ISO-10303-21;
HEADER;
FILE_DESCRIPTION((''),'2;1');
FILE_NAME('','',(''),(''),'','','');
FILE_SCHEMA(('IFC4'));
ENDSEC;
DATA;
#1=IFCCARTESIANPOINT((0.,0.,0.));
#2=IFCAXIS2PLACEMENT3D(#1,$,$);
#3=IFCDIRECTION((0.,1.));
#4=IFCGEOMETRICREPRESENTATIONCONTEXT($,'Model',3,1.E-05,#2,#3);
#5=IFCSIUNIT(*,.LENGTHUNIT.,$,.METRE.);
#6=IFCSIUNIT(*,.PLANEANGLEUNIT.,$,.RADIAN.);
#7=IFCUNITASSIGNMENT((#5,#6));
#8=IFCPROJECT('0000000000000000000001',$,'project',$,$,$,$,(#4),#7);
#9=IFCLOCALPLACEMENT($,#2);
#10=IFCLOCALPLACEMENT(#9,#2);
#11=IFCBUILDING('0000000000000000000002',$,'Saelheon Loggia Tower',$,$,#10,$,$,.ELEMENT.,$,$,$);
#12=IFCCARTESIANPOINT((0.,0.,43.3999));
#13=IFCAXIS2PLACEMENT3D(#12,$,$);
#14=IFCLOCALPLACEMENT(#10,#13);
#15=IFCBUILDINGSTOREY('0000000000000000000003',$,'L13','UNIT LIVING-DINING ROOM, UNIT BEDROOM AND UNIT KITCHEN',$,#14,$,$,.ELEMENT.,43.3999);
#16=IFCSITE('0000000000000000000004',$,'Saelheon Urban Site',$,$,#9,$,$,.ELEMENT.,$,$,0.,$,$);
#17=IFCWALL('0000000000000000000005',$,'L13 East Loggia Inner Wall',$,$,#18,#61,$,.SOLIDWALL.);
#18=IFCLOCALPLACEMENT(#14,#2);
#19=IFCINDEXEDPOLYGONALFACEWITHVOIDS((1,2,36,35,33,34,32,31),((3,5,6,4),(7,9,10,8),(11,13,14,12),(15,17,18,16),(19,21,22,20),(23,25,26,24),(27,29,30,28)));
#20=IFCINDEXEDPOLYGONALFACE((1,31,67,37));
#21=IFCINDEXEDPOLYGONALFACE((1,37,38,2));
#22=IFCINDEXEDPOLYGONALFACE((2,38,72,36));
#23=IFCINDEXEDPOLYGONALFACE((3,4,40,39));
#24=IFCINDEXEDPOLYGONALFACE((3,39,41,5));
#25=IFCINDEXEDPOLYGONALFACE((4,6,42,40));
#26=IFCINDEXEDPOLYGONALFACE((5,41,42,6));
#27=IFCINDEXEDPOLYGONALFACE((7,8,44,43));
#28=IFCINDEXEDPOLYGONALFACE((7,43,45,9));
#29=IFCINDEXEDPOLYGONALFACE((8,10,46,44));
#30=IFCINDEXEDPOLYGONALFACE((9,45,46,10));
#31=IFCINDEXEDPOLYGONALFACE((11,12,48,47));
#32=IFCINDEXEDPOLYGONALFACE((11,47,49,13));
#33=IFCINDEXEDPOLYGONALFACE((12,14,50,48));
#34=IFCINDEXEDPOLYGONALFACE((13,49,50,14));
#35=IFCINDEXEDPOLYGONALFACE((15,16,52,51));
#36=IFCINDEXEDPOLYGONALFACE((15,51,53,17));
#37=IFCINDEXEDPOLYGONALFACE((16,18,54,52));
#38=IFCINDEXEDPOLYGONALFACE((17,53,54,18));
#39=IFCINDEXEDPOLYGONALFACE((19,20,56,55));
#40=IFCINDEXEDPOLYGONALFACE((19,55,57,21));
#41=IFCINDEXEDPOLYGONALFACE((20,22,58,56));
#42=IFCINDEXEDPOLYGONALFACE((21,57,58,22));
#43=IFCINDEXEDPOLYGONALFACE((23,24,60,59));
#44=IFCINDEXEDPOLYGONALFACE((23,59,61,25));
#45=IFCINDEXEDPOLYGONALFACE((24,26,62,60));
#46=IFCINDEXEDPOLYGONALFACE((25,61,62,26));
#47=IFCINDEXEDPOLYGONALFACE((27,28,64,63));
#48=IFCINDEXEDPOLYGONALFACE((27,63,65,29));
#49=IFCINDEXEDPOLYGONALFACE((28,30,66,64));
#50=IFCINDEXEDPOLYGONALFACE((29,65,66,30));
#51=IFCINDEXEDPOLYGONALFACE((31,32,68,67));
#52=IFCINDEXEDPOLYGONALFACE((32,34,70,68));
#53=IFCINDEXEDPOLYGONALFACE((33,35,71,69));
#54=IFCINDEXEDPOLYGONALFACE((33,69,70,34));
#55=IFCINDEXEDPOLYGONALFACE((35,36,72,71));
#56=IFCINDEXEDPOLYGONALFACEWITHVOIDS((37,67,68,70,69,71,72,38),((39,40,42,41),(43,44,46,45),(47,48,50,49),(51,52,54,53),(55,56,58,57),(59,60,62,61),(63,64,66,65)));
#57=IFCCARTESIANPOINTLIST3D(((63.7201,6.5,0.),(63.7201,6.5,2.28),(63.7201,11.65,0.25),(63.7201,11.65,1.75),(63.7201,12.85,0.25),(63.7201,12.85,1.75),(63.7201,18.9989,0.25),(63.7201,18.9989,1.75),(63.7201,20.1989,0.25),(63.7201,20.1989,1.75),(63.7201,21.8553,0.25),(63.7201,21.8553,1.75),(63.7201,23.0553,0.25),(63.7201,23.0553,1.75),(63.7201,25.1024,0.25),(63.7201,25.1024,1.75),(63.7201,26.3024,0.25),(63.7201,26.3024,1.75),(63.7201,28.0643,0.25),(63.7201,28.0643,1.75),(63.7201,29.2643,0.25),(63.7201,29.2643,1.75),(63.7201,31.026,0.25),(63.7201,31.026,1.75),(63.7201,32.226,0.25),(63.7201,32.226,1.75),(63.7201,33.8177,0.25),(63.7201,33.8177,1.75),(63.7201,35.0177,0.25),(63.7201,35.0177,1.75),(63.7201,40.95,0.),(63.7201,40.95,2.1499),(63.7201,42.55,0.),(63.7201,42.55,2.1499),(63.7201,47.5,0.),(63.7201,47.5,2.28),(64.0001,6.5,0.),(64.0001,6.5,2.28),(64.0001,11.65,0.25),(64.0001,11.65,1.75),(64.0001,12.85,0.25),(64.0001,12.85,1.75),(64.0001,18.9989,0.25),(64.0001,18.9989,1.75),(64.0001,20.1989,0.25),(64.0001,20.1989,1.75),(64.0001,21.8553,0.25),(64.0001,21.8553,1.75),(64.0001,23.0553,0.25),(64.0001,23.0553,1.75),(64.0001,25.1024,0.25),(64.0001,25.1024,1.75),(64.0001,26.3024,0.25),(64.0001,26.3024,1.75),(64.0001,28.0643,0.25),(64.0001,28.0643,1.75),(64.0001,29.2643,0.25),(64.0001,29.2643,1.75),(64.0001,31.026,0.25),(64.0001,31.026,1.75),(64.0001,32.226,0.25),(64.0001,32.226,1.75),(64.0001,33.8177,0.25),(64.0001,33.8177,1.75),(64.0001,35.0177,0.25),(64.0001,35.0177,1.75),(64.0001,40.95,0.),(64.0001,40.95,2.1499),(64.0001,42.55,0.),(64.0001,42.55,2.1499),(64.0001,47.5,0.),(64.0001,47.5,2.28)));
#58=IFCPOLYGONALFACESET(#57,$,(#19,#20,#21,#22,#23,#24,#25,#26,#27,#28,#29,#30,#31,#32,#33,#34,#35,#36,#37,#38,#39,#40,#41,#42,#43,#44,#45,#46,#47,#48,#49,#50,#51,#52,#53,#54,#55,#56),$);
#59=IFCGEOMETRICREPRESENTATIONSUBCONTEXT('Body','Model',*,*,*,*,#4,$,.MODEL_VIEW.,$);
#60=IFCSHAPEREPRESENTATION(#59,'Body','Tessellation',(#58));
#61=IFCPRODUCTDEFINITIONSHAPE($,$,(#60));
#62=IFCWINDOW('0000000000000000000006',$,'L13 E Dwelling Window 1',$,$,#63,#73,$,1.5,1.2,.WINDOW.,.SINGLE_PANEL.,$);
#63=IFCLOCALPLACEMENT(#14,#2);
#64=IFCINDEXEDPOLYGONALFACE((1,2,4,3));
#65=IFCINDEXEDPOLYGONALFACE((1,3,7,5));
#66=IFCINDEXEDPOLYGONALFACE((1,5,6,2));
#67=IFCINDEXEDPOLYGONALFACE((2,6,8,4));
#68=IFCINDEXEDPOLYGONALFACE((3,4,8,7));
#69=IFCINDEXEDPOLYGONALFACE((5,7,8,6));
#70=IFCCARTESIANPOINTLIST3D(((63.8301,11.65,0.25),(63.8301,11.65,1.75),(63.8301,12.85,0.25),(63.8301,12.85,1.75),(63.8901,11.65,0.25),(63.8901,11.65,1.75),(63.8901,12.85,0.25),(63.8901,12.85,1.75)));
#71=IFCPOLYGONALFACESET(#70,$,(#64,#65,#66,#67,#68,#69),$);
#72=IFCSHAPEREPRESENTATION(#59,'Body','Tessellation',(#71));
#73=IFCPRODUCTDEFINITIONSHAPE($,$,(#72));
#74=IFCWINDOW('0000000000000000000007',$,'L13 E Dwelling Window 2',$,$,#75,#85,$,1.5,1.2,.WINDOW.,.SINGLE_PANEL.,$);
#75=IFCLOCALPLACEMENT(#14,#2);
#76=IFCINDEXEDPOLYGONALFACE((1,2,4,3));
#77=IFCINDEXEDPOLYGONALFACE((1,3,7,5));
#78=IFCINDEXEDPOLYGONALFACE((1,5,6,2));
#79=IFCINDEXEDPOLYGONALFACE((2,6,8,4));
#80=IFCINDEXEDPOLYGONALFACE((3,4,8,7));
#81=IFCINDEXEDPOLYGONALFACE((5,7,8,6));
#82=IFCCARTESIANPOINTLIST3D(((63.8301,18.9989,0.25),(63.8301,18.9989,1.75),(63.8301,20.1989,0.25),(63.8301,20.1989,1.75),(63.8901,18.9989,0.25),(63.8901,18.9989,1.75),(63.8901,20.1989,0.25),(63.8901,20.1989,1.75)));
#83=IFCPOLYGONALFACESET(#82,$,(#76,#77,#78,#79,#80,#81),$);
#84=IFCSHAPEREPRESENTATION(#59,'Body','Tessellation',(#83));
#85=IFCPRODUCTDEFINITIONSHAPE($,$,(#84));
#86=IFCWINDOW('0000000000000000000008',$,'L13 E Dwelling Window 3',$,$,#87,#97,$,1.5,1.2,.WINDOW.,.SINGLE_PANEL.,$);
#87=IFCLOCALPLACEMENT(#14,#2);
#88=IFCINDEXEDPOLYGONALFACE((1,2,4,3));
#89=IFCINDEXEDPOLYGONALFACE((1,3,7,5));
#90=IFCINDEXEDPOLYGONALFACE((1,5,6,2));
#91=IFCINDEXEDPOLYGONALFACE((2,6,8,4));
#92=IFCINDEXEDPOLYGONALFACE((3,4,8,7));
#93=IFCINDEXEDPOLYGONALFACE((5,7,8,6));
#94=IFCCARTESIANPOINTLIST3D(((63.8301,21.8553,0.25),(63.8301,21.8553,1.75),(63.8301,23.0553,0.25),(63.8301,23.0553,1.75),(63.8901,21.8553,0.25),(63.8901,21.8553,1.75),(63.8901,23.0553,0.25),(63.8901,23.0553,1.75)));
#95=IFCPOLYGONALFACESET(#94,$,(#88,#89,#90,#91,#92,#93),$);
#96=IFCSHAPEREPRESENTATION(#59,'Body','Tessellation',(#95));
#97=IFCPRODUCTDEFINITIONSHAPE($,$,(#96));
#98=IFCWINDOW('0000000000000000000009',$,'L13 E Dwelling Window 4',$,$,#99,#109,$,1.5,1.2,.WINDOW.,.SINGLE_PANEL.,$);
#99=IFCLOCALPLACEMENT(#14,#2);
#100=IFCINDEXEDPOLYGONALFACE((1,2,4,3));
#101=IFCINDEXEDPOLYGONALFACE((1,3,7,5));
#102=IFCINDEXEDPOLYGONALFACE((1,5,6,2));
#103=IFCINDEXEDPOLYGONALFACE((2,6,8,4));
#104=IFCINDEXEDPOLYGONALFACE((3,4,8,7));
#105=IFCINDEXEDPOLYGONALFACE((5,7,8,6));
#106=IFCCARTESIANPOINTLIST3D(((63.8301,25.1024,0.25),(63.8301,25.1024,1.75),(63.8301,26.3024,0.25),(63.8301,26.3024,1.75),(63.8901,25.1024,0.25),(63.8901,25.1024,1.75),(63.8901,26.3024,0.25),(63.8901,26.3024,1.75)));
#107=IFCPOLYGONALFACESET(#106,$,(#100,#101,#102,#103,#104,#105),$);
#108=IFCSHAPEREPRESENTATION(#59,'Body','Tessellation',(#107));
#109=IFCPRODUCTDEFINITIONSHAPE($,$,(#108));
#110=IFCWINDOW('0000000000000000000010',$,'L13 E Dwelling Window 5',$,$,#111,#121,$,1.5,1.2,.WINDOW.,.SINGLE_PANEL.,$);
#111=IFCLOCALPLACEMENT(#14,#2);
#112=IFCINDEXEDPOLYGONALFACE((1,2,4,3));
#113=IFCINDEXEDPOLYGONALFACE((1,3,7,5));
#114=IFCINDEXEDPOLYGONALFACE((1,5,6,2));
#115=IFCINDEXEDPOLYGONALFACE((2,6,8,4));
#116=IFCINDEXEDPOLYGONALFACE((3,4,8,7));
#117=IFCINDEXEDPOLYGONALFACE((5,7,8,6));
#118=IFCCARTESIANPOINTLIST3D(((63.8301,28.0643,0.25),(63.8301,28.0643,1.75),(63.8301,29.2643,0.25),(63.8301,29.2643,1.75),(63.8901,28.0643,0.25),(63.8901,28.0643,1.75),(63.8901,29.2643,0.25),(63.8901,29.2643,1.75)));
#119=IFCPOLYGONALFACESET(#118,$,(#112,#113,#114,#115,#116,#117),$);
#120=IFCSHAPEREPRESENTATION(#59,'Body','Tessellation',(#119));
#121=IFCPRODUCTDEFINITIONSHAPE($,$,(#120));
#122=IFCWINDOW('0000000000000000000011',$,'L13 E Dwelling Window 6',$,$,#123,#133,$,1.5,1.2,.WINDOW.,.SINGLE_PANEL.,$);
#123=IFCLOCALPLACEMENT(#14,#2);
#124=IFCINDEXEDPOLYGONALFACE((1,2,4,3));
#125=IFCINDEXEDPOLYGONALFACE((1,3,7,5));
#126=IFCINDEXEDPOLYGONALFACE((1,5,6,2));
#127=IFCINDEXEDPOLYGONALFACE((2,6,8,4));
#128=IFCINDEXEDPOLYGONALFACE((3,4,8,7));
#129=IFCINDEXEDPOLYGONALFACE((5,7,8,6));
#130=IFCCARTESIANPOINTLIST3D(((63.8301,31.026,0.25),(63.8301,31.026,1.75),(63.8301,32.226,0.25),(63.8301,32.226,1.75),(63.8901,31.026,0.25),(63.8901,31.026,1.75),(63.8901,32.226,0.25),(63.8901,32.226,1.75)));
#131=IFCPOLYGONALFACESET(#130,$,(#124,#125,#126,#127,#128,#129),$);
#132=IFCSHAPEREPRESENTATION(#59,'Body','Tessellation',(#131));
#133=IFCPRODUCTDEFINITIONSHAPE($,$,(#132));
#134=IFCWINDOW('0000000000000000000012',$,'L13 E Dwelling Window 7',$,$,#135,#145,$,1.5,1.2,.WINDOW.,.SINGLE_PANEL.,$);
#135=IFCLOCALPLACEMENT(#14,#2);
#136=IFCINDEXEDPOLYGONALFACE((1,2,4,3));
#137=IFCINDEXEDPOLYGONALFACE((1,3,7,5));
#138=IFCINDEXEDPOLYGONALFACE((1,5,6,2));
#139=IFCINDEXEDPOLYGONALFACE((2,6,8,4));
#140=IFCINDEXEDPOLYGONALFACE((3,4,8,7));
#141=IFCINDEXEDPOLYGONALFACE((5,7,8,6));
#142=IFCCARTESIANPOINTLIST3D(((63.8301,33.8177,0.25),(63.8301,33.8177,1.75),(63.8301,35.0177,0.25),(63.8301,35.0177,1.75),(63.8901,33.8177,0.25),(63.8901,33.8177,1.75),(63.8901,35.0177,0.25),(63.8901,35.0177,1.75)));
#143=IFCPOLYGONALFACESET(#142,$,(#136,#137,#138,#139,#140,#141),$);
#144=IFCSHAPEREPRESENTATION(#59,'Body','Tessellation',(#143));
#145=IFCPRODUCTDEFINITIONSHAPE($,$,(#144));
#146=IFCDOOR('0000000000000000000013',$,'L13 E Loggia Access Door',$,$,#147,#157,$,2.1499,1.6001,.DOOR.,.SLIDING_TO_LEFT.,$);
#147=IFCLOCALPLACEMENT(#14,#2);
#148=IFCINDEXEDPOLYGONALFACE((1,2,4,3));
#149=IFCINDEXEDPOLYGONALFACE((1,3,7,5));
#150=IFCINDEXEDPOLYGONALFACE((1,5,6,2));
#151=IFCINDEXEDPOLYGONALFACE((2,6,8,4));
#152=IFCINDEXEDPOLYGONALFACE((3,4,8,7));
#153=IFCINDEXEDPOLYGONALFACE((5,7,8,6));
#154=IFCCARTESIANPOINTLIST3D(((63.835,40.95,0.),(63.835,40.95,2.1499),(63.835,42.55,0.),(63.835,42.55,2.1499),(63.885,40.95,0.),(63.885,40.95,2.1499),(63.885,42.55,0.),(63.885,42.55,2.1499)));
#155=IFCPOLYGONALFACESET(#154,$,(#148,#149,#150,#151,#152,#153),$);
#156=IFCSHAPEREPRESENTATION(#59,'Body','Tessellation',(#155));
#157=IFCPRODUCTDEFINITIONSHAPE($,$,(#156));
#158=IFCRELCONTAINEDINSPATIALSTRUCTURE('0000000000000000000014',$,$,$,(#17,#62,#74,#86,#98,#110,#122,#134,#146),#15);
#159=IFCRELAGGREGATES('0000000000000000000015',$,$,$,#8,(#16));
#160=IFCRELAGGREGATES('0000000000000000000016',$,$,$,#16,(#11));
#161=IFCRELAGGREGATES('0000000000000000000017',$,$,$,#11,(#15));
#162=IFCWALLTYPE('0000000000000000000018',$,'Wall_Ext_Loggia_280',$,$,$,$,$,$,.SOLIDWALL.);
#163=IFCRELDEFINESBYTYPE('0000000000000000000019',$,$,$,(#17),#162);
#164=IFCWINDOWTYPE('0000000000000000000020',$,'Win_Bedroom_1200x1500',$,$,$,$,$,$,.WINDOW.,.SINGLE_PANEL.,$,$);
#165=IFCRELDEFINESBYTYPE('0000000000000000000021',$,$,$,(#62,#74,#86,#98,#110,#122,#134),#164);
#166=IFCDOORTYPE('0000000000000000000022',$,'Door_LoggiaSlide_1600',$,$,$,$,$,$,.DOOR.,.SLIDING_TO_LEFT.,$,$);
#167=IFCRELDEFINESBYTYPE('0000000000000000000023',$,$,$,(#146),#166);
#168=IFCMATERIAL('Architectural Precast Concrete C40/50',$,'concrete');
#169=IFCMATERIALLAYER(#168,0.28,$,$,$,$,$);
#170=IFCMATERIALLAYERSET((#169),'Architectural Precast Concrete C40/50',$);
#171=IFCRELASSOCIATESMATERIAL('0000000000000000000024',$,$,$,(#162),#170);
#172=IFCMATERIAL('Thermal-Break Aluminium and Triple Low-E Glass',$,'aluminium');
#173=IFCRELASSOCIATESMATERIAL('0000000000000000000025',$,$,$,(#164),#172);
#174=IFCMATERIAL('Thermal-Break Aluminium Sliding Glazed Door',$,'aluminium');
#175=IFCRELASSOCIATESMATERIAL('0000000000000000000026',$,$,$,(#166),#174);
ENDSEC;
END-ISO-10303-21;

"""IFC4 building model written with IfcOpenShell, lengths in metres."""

from ifc_helpers import new_model, si_unit, direction, frame, frame_2d, origin, place, context, subcontext, project, spatial, rectangle, extrude, source, transform, mapped, material, layer, layer_set, type_object, element, fill, save


model = new_model("IFC4")

# Units and contexts
model_context = context("Model", 3, precision=1e-05, world=origin(), true_north=direction((0.0, 1.0)))
body_context = subcontext(model_context, "Body", "Model", "MODEL_VIEW")
ifc_project = project(units=[si_unit("LENGTHUNIT", "METRE"), si_unit("PLANEANGLEUNIT", "RADIAN")], contexts=[model_context])

# Site, building, storey
site_placement = place(None, origin())
site = spatial("IfcSite", under=ifc_project, at=site_placement, Name="Saelheon Urban Site", CompositionType="ELEMENT", RefElevation=0.0)
building_placement = place(site_placement, origin())
building = spatial("IfcBuilding", under=site, at=building_placement, Name="Saelheon Loggia Tower", CompositionType="ELEMENT")
storey_placement = place(building_placement, frame((0.0, 0.0, 43.3999)))
storey = spatial("IfcBuildingStorey", under=building, at=storey_placement, Name="L13", Description="UNIT LIVING-DINING ROOM, UNIT BEDROOM AND UNIT KITCHEN", CompositionType="ELEMENT", Elevation=43.3999)

# Shared definitions
ifc_material_1 = material(Name="Thermal-Break Aluminium and Triple Low-E Glass", Category="aluminium")

# Wall, openings, windows, door
ifc_material_2 = material(Name="Architectural Precast Concrete C40/50", Category="concrete")
ifc_layer_1 = layer(ifc_material_2, 0.28)
ifc_layer_set_1 = layer_set([ifc_layer_1], Name="Architectural Precast Concrete C40/50")
wall_type = type_object("IfcWallType", Name="Wall_Ext_Loggia_280", PredefinedType="SOLIDWALL", material=ifc_layer_set_1)
wall_placement = place(storey_placement, frame((63.8601, 6.5, 0.0), z_axis=(0.0, 0.0, 1.0), x_axis=(0.0, 1.0, 0.0)))
wall = element("IfcWall", 1, at=wall_placement, inside=storey, type_object=wall_type, Name="L13 East Loggia Inner Wall", PredefinedType="SOLIDWALL", context=body_context, shape_type="SweptSolid", body=[
    extrude(rectangle(XDim=41.0, YDim=0.28, at=frame_2d((20.5, 0.0))), origin(), (0.0, 0.0, 1.0), 2.28),
])
opening_1_placement = place(wall_placement, frame((5.1499, 0.0, 0.25)))
opening_1 = element("IfcOpeningElement", 2, at=opening_1_placement, cuts=wall, PredefinedType="OPENING", context=body_context, shape_type="SweptSolid", body=[
    extrude(rectangle(XDim=1.2, YDim=1.5, at=frame_2d((0.6001, 0.75))), frame((0.0, 0.1521, 0.0), z_axis=(0.0, -1.0, 0.0), x_axis=(1.0, 0.0, 0.0)), (0.0, 0.0, 1.0), 0.304),
])
opening_2_placement = place(wall_placement, frame((12.4988, 0.0, 0.25)))
opening_2 = element("IfcOpeningElement", 3, at=opening_2_placement, cuts=wall, PredefinedType="OPENING", context=body_context, shape_type="SweptSolid", body=[
    extrude(rectangle(XDim=1.2, YDim=1.5, at=frame_2d((0.6001, 0.75))), frame((0.0, 0.1521, 0.0), z_axis=(0.0, -1.0, 0.0), x_axis=(1.0, 0.0, 0.0)), (0.0, 0.0, 1.0), 0.304),
])
opening_3_placement = place(wall_placement, frame((15.3552, 0.0, 0.25)))
opening_3 = element("IfcOpeningElement", 4, at=opening_3_placement, cuts=wall, PredefinedType="OPENING", context=body_context, shape_type="SweptSolid", body=[
    extrude(rectangle(XDim=1.2, YDim=1.5, at=frame_2d((0.6001, 0.75))), frame((0.0, 0.1521, 0.0), z_axis=(0.0, -1.0, 0.0), x_axis=(1.0, 0.0, 0.0)), (0.0, 0.0, 1.0), 0.304),
])
opening_4_placement = place(wall_placement, frame((18.6023, 0.0, 0.25)))
opening_4 = element("IfcOpeningElement", 5, at=opening_4_placement, cuts=wall, PredefinedType="OPENING", context=body_context, shape_type="SweptSolid", body=[
    extrude(rectangle(XDim=1.2, YDim=1.5, at=frame_2d((0.6001, 0.75))), frame((0.0, 0.1521, 0.0), z_axis=(0.0, -1.0, 0.0), x_axis=(1.0, 0.0, 0.0)), (0.0, 0.0, 1.0), 0.304),
])
opening_5_placement = place(wall_placement, frame((21.5642, 0.0, 0.25)))
opening_5 = element("IfcOpeningElement", 6, at=opening_5_placement, cuts=wall, PredefinedType="OPENING", context=body_context, shape_type="SweptSolid", body=[
    extrude(rectangle(XDim=1.2, YDim=1.5, at=frame_2d((0.6001, 0.75))), frame((0.0, 0.1521, 0.0), z_axis=(0.0, -1.0, 0.0), x_axis=(1.0, 0.0, 0.0)), (0.0, 0.0, 1.0), 0.304),
])
opening_6_placement = place(wall_placement, frame((24.5259, 0.0, 0.25)))
opening_6 = element("IfcOpeningElement", 7, at=opening_6_placement, cuts=wall, PredefinedType="OPENING", context=body_context, shape_type="SweptSolid", body=[
    extrude(rectangle(XDim=1.2, YDim=1.5, at=frame_2d((0.6001, 0.75))), frame((0.0, 0.1521, 0.0), z_axis=(0.0, -1.0, 0.0), x_axis=(1.0, 0.0, 0.0)), (0.0, 0.0, 1.0), 0.304),
])
opening_7_placement = place(wall_placement, frame((27.3176, 0.0, 0.25)))
opening_7 = element("IfcOpeningElement", 8, at=opening_7_placement, cuts=wall, PredefinedType="OPENING", context=body_context, shape_type="SweptSolid", body=[
    extrude(rectangle(XDim=1.2, YDim=1.5, at=frame_2d((0.6001, 0.75))), frame((0.0, 0.1521, 0.0), z_axis=(0.0, -1.0, 0.0), x_axis=(1.0, 0.0, 0.0)), (0.0, 0.0, 1.0), 0.304),
])
opening_8_placement = place(wall_placement, frame((36.05, 0.0, 0.0), z_axis=(0.0, 0.0, 1.0), x_axis=(-1.0, 0.0, 0.0)))
opening_8 = element("IfcOpeningElement", 9, at=opening_8_placement, cuts=wall, PredefinedType="OPENING", context=body_context, shape_type="SweptSolid", body=[
    extrude(rectangle(XDim=1.6001, YDim=2.1499, at=frame_2d((0.8, 1.075))), frame((0.0, 0.1521, 0.0), z_axis=(0.0, -1.0, 0.0), x_axis=(1.0, 0.0, 0.0)), (0.0, 0.0, 1.0), 0.304),
])
window_type = type_object("IfcWindowType", Name="Win_Bedroom_1200x1500", PartitioningType="SINGLE_PANEL", PredefinedType="WINDOW", material=ifc_material_1)
shared_shape_1 = source(origin(), body_context, "Body", "SweptSolid", [
    extrude(rectangle(XDim=1.2, YDim=1.5, at=frame_2d((0.6001, 0.75))), frame((0.0, 0.03, 0.0), z_axis=(0.0, -1.0, 0.0), x_axis=(1.0, 0.0, 0.0)), (0.0, 0.0, 1.0), 0.0601),
])
window_1_placement = place(opening_1_placement, origin())
window_1 = element("IfcWindow", 10, at=window_1_placement, inside=storey, type_object=window_type, Name="L13 E Dwelling Window 1", OverallHeight=1.5, OverallWidth=1.2, PartitioningType="SINGLE_PANEL", PredefinedType="WINDOW", context=body_context, shape_type="MappedRepresentation", body=[
    mapped(shared_shape_1, transform((0.0, 0.0, 0.0), scale=1.0)),
])
fill(opening_1, window_1)
window_2_placement = place(opening_2_placement, origin())
window_2 = element("IfcWindow", 11, at=window_2_placement, inside=storey, type_object=window_type, Name="L13 E Dwelling Window 2", OverallHeight=1.5, OverallWidth=1.2, PartitioningType="SINGLE_PANEL", PredefinedType="WINDOW", context=body_context, shape_type="MappedRepresentation", body=[
    mapped(shared_shape_1, transform((0.0, 0.0, 0.0), scale=1.0)),
])
fill(opening_2, window_2)
window_3_placement = place(opening_3_placement, origin())
window_3 = element("IfcWindow", 12, at=window_3_placement, inside=storey, type_object=window_type, Name="L13 E Dwelling Window 3", OverallHeight=1.5, OverallWidth=1.2, PartitioningType="SINGLE_PANEL", PredefinedType="WINDOW", context=body_context, shape_type="MappedRepresentation", body=[
    mapped(shared_shape_1, transform((0.0, 0.0, 0.0), scale=1.0)),
])
fill(opening_3, window_3)
window_4_placement = place(opening_4_placement, origin())
window_4 = element("IfcWindow", 13, at=window_4_placement, inside=storey, type_object=window_type, Name="L13 E Dwelling Window 4", OverallHeight=1.5, OverallWidth=1.2, PartitioningType="SINGLE_PANEL", PredefinedType="WINDOW", context=body_context, shape_type="MappedRepresentation", body=[
    mapped(shared_shape_1, transform((0.0, 0.0, 0.0), scale=1.0)),
])
fill(opening_4, window_4)
window_5_placement = place(opening_5_placement, origin())
window_5 = element("IfcWindow", 14, at=window_5_placement, inside=storey, type_object=window_type, Name="L13 E Dwelling Window 5", OverallHeight=1.5, OverallWidth=1.2, PartitioningType="SINGLE_PANEL", PredefinedType="WINDOW", context=body_context, shape_type="MappedRepresentation", body=[
    mapped(shared_shape_1, transform((0.0, 0.0, 0.0), scale=1.0)),
])
fill(opening_5, window_5)
window_6_placement = place(opening_6_placement, origin())
window_6 = element("IfcWindow", 15, at=window_6_placement, inside=storey, type_object=window_type, Name="L13 E Dwelling Window 6", OverallHeight=1.5, OverallWidth=1.2, PartitioningType="SINGLE_PANEL", PredefinedType="WINDOW", context=body_context, shape_type="MappedRepresentation", body=[
    mapped(shared_shape_1, transform((0.0, 0.0, 0.0), scale=1.0)),
])
fill(opening_6, window_6)
window_7_placement = place(opening_7_placement, origin())
window_7 = element("IfcWindow", 16, at=window_7_placement, inside=storey, type_object=window_type, Name="L13 E Dwelling Window 7", OverallHeight=1.5, OverallWidth=1.2, PartitioningType="SINGLE_PANEL", PredefinedType="WINDOW", context=body_context, shape_type="MappedRepresentation", body=[
    mapped(shared_shape_1, transform((0.0, 0.0, 0.0), scale=1.0)),
])
fill(opening_7, window_7)
ifc_material_3 = material(Name="Thermal-Break Aluminium Sliding Glazed Door", Category="aluminium")
door_type = type_object("IfcDoorType", Name="Door_LoggiaSlide_1600", OperationType="SLIDING_TO_LEFT", PredefinedType="DOOR", material=ifc_material_3)
shared_shape_2 = source(origin(), body_context, "Body", "SweptSolid", [
    extrude(rectangle(XDim=1.6001, YDim=2.1499, at=frame_2d((0.8, 1.075))), frame((0.0, 0.0249, 0.0), z_axis=(0.0, -1.0, 0.0), x_axis=(1.0, 0.0, 0.0)), (0.0, 0.0, 1.0), 0.05),
])
door_placement = place(opening_8_placement, origin())
door = element("IfcDoor", 17, at=door_placement, inside=storey, type_object=door_type, Name="L13 E Loggia Access Door", OperationType="SLIDING_TO_LEFT", OverallHeight=2.1499, OverallWidth=1.6001, PredefinedType="DOOR", context=body_context, shape_type="MappedRepresentation", body=[
    mapped(shared_shape_2, transform((0.0, 0.0, 0.0), scale=1.0)),
])
fill(opening_8, door)

save(model, "model.ifc")
